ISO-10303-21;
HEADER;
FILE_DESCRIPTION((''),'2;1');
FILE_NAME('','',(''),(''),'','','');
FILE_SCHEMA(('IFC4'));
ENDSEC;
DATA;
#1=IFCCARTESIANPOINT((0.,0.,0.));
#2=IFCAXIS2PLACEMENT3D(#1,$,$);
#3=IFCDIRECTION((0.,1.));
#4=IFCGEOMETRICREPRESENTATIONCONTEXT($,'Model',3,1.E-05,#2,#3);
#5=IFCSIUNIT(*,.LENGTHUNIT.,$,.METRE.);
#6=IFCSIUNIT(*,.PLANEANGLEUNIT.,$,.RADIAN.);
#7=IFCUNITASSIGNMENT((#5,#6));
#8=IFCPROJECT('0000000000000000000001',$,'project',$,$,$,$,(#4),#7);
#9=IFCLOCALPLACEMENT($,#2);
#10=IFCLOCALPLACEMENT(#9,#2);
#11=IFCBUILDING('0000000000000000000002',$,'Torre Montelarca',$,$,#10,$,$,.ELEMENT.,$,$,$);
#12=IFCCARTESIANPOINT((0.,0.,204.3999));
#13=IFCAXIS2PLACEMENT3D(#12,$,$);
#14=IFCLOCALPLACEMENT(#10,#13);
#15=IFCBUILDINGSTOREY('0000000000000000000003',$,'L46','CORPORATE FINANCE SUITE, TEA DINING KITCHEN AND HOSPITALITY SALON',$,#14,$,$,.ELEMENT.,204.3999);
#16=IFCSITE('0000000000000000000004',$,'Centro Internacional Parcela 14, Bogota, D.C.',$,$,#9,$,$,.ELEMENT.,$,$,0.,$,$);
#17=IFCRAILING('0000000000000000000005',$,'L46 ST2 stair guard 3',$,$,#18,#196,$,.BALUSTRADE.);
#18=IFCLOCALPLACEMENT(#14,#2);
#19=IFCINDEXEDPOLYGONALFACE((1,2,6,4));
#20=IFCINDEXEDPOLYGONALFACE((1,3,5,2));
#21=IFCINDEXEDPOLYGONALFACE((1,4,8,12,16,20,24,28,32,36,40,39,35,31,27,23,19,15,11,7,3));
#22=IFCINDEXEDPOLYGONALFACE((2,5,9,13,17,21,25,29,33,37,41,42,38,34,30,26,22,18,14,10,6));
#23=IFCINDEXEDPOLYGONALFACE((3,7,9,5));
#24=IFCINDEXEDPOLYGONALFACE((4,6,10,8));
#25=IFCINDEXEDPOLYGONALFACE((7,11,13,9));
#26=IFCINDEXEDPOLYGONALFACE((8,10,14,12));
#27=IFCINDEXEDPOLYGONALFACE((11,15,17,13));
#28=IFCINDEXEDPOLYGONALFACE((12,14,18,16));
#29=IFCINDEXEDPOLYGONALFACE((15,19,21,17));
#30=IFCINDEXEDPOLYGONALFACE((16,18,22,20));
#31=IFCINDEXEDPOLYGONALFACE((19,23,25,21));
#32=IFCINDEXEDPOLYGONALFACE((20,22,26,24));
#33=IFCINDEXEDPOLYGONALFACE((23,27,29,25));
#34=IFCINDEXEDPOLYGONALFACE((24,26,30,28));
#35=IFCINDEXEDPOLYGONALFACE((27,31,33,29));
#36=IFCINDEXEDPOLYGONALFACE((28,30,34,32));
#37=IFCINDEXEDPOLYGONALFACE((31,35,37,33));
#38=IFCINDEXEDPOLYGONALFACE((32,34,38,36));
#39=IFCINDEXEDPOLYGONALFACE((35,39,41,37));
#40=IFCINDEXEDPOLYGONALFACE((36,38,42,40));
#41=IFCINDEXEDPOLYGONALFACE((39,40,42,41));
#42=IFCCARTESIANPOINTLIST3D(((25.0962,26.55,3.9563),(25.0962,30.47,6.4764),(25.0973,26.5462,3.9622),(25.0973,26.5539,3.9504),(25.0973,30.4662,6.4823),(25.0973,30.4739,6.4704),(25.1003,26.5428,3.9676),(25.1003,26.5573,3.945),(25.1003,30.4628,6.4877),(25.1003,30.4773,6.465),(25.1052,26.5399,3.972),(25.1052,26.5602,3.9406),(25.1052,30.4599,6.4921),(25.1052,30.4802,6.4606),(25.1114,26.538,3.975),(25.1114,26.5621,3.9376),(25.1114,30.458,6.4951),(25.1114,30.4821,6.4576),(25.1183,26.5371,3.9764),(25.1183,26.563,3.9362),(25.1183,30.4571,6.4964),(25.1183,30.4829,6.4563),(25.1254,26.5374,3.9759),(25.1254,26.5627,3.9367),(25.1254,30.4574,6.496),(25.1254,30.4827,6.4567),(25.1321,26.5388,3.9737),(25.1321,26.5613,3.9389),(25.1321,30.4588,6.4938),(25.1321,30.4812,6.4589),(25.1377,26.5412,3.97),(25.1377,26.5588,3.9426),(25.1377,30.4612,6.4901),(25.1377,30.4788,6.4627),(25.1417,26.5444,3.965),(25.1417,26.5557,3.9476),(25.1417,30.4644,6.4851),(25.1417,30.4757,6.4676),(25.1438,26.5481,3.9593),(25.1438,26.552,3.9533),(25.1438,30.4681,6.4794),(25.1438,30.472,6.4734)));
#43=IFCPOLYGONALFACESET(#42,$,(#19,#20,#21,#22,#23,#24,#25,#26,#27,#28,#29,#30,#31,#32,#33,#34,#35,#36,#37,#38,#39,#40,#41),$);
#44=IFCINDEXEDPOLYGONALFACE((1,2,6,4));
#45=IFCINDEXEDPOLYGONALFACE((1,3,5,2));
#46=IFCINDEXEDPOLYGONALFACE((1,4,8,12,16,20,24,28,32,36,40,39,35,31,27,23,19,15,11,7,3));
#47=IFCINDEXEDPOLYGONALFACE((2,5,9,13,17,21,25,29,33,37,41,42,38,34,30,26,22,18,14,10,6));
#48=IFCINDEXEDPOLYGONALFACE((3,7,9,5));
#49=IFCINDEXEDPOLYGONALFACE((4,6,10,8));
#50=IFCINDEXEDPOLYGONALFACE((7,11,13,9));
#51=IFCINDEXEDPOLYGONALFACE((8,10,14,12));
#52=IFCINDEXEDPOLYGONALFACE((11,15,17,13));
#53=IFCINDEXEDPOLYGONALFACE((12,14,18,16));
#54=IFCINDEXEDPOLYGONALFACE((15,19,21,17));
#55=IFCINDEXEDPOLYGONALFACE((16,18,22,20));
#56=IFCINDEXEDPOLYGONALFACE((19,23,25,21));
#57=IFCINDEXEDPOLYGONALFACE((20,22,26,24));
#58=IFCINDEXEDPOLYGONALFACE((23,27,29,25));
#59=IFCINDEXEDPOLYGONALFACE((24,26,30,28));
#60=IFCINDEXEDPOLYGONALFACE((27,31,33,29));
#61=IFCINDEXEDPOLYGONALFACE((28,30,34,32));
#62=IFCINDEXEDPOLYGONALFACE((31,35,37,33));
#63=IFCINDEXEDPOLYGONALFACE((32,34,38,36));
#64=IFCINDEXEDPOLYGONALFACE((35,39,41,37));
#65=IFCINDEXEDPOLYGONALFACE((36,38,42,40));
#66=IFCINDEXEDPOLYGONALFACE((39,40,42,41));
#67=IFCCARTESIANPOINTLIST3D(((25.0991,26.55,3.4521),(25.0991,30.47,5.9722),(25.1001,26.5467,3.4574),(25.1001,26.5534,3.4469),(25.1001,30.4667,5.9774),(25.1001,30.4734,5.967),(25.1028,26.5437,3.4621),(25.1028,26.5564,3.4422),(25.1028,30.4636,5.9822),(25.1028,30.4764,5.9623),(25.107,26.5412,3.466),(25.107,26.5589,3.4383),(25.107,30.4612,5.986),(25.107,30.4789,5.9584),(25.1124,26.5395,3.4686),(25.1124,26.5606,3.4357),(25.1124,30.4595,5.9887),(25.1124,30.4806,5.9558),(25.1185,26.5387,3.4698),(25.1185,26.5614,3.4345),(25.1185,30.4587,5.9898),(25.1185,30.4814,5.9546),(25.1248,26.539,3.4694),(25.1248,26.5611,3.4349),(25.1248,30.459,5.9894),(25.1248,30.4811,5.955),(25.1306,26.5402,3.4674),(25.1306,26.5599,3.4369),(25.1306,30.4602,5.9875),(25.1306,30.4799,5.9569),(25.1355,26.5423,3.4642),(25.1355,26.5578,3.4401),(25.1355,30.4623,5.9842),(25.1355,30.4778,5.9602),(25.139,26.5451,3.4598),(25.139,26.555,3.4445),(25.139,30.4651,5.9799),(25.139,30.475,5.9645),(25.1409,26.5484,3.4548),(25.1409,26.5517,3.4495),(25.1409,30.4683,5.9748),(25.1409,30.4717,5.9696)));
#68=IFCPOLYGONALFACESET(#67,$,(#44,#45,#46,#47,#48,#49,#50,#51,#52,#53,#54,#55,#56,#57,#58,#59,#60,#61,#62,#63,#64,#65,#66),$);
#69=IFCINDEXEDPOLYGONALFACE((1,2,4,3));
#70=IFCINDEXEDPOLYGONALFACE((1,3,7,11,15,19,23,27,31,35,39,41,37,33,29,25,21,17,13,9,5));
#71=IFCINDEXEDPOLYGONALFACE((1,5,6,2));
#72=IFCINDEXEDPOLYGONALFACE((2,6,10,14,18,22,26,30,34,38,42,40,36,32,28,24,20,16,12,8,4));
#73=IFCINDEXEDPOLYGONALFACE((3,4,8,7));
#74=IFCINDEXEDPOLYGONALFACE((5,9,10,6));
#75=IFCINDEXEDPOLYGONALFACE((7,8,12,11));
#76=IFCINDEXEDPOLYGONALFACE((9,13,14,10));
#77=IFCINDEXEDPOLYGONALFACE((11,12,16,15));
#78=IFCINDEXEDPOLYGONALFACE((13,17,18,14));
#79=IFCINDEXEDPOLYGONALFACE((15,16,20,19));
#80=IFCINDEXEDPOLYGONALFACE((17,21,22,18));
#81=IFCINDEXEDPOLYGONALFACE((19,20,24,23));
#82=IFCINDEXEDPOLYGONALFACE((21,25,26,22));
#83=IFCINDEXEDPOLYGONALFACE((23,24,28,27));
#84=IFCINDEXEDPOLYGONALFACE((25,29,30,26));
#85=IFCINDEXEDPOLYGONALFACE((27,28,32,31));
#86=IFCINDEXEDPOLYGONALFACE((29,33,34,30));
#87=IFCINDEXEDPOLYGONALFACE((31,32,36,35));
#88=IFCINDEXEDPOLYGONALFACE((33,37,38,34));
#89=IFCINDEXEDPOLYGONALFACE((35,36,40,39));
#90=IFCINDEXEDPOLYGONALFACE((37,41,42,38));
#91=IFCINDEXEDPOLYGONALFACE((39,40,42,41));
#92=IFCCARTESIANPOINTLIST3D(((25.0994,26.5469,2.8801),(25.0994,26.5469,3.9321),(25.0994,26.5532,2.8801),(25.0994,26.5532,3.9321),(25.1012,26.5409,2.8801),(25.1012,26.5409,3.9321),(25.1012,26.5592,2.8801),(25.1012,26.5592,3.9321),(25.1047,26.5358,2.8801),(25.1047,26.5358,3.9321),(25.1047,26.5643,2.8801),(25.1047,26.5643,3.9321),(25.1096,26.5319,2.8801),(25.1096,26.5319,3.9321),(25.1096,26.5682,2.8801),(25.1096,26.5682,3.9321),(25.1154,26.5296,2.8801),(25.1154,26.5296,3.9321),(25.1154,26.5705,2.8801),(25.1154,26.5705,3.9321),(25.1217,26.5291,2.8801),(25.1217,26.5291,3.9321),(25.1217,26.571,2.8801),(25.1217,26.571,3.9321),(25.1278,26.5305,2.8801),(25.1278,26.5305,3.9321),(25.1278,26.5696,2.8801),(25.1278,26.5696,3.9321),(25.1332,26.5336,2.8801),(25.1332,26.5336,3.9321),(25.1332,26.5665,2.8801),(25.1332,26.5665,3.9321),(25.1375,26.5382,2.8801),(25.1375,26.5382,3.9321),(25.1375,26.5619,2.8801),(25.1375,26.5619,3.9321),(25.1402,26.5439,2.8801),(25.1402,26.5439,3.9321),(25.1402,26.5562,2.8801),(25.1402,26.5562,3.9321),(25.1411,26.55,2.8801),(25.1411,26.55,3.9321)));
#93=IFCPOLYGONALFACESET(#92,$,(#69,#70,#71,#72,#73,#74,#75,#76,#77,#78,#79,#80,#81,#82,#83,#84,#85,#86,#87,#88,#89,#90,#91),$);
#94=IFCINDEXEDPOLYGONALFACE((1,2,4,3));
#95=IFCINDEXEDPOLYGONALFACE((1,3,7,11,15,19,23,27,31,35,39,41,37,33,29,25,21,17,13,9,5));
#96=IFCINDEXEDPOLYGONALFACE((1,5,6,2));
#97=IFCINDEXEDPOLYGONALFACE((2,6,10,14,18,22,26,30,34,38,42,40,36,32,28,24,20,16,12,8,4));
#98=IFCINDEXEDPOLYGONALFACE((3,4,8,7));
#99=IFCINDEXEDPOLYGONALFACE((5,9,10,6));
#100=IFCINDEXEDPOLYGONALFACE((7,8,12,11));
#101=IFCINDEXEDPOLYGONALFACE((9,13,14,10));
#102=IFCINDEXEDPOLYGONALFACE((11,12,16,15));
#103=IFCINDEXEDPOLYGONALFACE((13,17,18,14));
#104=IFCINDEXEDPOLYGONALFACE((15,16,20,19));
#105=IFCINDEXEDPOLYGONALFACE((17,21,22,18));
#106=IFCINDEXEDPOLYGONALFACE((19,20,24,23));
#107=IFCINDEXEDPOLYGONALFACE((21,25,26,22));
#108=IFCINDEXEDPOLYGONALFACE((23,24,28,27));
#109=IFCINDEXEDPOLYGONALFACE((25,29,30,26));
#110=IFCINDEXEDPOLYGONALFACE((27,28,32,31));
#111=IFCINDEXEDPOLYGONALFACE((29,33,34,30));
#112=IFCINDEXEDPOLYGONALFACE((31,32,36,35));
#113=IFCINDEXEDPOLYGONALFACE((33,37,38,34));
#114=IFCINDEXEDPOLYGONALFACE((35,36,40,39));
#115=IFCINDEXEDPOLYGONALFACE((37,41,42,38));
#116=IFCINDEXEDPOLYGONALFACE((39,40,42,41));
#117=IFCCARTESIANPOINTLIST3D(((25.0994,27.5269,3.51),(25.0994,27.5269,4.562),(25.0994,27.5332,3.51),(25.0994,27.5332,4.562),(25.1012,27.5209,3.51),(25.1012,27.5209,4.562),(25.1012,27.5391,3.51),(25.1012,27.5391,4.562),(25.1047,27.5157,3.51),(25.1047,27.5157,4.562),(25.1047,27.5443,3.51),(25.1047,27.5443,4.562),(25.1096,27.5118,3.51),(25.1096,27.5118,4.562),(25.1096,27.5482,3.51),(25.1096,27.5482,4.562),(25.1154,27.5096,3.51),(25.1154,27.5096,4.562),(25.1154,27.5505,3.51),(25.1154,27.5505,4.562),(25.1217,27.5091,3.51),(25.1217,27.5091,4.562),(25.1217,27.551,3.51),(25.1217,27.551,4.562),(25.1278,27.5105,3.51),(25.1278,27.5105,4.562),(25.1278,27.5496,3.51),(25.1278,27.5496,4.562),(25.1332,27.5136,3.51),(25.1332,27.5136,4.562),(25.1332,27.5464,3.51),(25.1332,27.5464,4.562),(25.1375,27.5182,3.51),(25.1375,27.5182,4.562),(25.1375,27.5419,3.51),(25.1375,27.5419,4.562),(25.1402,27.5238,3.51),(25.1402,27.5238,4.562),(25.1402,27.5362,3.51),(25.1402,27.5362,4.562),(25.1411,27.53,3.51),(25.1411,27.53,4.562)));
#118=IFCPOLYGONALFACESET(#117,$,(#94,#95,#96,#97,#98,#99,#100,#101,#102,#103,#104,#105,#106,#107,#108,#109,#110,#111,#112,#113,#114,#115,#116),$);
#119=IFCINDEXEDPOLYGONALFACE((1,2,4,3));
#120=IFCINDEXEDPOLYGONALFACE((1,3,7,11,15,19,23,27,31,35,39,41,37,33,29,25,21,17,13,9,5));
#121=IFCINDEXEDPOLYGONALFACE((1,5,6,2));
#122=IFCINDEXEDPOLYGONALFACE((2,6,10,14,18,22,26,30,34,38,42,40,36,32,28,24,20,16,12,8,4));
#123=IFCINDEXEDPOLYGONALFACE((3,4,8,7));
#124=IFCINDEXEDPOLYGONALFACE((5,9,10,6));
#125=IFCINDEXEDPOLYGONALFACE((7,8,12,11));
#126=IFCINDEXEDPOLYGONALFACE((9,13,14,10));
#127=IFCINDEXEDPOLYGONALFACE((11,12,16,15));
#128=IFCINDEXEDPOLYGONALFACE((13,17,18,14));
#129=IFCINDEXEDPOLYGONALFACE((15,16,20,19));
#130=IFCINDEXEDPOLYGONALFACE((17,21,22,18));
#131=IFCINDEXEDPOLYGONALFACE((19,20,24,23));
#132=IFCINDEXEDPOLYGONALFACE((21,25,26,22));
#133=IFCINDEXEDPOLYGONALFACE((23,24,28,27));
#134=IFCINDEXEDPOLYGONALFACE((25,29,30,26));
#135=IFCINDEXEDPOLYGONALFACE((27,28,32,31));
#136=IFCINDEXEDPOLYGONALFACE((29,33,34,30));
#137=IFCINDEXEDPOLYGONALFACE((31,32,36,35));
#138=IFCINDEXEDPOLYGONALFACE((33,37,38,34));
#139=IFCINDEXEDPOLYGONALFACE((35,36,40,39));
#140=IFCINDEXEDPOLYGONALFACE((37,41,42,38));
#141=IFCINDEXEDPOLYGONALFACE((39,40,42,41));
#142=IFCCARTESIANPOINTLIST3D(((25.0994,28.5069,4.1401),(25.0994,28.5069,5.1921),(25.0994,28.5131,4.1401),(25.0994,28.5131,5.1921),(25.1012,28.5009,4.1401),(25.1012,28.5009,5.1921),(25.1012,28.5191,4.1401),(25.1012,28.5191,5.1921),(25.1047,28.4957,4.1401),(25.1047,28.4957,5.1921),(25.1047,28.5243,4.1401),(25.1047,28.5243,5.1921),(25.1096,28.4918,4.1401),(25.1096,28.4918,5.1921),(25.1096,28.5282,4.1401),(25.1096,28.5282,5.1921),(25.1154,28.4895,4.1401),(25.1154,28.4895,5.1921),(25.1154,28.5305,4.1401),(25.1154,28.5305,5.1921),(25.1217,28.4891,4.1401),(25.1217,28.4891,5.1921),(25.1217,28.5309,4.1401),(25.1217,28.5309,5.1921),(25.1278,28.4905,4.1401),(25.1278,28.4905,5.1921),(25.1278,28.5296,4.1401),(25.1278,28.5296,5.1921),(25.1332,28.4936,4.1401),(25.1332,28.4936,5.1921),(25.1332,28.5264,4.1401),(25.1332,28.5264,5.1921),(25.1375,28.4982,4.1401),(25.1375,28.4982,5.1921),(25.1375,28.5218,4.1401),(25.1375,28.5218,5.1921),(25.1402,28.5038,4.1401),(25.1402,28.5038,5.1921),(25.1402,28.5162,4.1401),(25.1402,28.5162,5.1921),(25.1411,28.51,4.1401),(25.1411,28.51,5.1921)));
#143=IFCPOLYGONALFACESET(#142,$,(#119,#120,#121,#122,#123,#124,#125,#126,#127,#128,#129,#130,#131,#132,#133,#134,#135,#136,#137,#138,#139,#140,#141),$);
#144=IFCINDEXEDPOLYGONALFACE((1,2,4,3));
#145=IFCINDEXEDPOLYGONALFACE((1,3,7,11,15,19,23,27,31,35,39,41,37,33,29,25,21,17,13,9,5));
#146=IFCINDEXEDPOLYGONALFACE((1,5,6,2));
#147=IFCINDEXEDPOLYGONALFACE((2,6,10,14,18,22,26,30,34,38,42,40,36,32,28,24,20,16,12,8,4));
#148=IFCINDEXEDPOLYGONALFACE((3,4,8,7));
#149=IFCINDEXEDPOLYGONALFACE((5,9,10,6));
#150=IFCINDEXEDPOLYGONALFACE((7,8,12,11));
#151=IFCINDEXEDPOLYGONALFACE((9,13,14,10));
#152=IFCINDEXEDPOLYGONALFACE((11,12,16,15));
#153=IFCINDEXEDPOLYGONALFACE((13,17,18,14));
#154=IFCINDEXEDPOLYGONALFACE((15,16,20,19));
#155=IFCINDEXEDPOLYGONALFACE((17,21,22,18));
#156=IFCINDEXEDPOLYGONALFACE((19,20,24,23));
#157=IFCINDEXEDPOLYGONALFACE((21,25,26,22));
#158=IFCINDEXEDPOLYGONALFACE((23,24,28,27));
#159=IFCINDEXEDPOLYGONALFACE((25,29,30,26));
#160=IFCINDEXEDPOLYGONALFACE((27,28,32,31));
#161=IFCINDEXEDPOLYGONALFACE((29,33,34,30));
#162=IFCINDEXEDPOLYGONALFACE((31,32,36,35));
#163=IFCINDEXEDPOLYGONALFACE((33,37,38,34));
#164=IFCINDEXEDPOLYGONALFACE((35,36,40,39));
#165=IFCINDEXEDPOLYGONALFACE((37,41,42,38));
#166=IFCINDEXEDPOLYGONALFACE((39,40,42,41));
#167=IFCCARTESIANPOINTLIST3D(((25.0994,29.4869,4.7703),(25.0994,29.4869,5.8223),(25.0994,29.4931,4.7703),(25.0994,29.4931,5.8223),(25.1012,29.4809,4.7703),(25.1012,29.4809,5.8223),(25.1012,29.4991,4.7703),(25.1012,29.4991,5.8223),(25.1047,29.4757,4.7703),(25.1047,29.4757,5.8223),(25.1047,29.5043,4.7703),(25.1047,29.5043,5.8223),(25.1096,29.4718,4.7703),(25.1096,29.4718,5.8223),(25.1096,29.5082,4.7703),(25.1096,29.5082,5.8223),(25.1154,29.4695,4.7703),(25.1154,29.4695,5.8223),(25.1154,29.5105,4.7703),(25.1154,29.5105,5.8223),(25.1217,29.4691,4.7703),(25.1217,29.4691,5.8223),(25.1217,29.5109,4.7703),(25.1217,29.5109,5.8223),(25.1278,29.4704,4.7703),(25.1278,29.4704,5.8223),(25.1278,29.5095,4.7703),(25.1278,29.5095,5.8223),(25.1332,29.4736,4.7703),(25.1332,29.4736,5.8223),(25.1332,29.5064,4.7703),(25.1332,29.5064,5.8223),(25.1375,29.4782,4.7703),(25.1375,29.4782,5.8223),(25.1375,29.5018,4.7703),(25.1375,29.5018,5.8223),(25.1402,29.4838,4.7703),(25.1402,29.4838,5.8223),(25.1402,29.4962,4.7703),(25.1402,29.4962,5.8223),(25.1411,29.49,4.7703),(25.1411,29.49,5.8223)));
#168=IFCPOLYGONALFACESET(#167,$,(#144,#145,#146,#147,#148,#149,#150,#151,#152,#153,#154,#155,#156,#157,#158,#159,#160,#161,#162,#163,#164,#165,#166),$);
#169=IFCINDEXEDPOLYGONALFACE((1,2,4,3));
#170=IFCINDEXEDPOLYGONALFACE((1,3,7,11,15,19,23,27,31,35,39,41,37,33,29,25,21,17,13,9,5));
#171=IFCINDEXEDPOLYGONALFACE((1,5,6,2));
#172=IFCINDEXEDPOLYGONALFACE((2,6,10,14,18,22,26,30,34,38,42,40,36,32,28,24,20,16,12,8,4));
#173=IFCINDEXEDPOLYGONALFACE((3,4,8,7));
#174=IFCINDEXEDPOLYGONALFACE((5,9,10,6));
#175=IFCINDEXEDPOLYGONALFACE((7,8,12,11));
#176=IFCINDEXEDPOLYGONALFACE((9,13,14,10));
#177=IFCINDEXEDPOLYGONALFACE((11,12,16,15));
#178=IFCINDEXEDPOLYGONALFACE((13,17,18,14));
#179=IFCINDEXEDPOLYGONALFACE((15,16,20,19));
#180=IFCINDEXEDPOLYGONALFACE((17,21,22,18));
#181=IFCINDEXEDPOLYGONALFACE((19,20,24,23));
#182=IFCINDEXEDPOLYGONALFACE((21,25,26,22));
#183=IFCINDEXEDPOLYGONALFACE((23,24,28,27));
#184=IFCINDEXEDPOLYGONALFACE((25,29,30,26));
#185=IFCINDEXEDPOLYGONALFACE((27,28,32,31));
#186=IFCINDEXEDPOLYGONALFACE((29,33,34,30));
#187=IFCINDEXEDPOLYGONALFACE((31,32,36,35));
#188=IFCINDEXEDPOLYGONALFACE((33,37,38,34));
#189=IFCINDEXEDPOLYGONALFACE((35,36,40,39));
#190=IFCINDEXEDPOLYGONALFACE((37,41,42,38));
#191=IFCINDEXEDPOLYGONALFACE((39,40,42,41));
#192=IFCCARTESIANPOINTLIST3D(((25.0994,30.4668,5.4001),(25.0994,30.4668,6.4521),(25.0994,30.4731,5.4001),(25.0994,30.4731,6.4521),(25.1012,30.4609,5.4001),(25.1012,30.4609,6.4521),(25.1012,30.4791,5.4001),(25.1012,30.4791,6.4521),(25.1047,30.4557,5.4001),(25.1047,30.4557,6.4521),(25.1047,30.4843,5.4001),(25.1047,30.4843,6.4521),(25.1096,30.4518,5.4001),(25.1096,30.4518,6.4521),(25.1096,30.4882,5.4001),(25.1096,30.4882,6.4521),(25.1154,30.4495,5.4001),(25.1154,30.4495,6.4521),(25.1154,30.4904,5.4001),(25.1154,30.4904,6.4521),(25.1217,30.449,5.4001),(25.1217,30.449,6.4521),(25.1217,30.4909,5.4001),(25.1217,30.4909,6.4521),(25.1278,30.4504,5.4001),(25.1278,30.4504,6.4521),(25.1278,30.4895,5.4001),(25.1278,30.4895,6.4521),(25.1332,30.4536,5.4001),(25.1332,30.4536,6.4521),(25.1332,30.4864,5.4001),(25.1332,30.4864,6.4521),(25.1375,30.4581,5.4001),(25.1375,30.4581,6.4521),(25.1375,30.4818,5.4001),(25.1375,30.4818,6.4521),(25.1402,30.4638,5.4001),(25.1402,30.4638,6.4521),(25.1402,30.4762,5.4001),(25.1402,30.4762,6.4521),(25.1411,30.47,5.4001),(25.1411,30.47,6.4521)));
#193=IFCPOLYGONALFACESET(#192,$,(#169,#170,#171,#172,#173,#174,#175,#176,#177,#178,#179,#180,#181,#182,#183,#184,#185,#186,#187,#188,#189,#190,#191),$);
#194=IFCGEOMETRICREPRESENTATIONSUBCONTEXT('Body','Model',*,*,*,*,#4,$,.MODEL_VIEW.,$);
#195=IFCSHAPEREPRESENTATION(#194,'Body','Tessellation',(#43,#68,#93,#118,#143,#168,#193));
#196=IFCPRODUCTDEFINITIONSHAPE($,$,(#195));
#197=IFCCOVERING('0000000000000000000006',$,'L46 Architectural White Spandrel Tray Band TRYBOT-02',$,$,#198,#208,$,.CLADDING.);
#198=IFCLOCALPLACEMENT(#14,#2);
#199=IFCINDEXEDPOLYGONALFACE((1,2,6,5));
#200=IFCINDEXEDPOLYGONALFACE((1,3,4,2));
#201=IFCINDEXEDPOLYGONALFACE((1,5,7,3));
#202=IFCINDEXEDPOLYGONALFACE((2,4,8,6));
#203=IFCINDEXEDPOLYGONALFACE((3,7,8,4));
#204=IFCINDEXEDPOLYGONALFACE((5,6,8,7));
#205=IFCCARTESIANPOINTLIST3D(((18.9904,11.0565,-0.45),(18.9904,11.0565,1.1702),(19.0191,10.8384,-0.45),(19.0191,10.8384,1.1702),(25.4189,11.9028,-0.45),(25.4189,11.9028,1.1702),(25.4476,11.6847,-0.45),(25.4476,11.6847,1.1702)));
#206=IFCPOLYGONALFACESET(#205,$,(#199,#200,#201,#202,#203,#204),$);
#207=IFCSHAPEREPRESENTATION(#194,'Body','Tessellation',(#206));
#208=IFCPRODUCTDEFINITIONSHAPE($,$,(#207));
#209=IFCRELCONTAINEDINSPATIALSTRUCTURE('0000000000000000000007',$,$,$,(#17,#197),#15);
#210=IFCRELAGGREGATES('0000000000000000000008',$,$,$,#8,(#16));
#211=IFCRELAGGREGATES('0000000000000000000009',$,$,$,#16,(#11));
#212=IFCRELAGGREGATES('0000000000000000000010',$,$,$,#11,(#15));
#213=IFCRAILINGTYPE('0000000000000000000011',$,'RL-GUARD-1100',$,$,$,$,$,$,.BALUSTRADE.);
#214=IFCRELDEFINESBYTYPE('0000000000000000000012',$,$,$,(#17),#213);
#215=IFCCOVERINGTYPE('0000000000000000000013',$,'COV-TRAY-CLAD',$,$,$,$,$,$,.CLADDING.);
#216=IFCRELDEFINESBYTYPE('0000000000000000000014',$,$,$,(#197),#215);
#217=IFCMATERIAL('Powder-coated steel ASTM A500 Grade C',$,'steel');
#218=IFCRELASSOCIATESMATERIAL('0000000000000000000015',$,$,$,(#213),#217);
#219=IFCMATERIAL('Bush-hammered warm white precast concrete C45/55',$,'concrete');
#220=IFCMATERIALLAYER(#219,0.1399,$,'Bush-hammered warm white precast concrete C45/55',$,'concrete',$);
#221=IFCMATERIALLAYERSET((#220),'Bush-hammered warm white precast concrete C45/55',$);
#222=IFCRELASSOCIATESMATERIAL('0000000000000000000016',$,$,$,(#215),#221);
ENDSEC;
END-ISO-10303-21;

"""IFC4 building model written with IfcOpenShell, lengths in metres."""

from ifc_helpers import new_model, si_unit, direction, frame, origin, origin_2d, place, context, subcontext, project, spatial, rectangle, circle, extrude, source, transform, mapped, material, layer, layer_set, type_object, element, save


model = new_model("IFC4")

# Units and contexts
model_context = context("Model", 3, precision=1e-05, world=origin(), true_north=direction((0.0, 1.0)))
body_context = subcontext(model_context, "Body", "Model", "MODEL_VIEW")
ifc_project = project(units=[si_unit("LENGTHUNIT", "METRE"), si_unit("PLANEANGLEUNIT", "RADIAN")], contexts=[model_context])

# Site, building, storey
site_placement = place(None, origin())
site = spatial("IfcSite", under=ifc_project, at=site_placement, Name="Centro Internacional Parcela 14, Bogota, D.C.", CompositionType="ELEMENT", RefElevation=0.0)
building_placement = place(site_placement, origin())
building = spatial("IfcBuilding", under=site, at=building_placement, Name="Torre Montelarca", CompositionType="ELEMENT")
storey_placement = place(building_placement, frame((0.0, 0.0, 204.3999)))
storey = spatial("IfcBuildingStorey", under=building, at=storey_placement, Name="L46", Description="CORPORATE FINANCE SUITE, TEA DINING KITCHEN AND HOSPITALITY SALON", CompositionType="ELEMENT", Elevation=204.3999)

# Railing
ifc_material_1 = material(Name="Powder-coated steel ASTM A500 Grade C", Category="steel")
railing_type = type_object("IfcRailingType", Name="RL-GUARD-1100", PredefinedType="BALUSTRADE", material=ifc_material_1)
railing_1_placement = place(storey_placement, frame((25.1201, 26.55, 2.8801)))
element("IfcRailing", 1, at=railing_1_placement, inside=storey, type_object=railing_type, Name="L46 ST2 stair guard 3", PredefinedType="BALUSTRADE", context=body_context, shape_type="SweptSolid", body=[
    extrude(circle(Radius=0.0239, at=origin_2d()), frame((0.0, 0.0, 1.0762), z_axis=(0.0, 0.841172, 0.540768), x_axis=(-1.0, 0.0, 0.0)), (0.0, 0.0, 1.0), 4.6602),
    extrude(circle(Radius=0.021, at=origin_2d()), frame((0.0, 0.0, 0.572), z_axis=(0.0, 0.841172, 0.540768), x_axis=(-1.0, 0.0, 0.0)), (0.0, 0.0, 1.0), 4.6602),
    extrude(circle(Radius=0.021, at=origin_2d()), origin(), (0.0, 0.0, 1.0), 1.052),
    extrude(circle(Radius=0.021, at=origin_2d()), frame((0.0, 0.98, 0.6299)), (0.0, 0.0, 1.0), 1.052),
    extrude(circle(Radius=0.021, at=origin_2d()), frame((0.0, 1.96, 1.26)), (0.0, 0.0, 1.0), 1.052),
    extrude(circle(Radius=0.021, at=origin_2d()), frame((0.0, 2.9399, 1.8901)), (0.0, 0.0, 1.0), 1.052),
    extrude(circle(Radius=0.021, at=origin_2d()), frame((0.0, 3.9199, 2.52)), (0.0, 0.0, 1.0), 1.052),
])

# Covering
ifc_material_2 = material(Name="Bush-hammered warm white precast concrete C45/55", Category="concrete")
ifc_layer_1 = layer(ifc_material_2, 0.1399, Name="Bush-hammered warm white precast concrete C45/55", Category="concrete")
ifc_layer_set_1 = layer_set([ifc_layer_1], Name="Bush-hammered warm white precast concrete C45/55")
covering_type = type_object("IfcCoveringType", Name="COV-TRAY-CLAD", PredefinedType="CLADDING", material=ifc_layer_set_1)
shared_shape_1 = source(origin(), body_context, "Body", "SweptSolid", [
    extrude(rectangle(XDim=6.4839, YDim=0.22, at=origin_2d()), origin(), (0.0, 0.0, 1.0), 1.6201),
])
for number, where, z_axis, x_axis, name in (
    (2, (22.219, 11.3706, -0.45), (0.0, 0.0, 1.0), (0.991446, 0.130518, 0.0), "L46 Architectural White Spandrel Tray Band TRYBOT-02"),
):
    element("IfcCovering", number, at=place(storey_placement, frame(where, z_axis=z_axis, x_axis=x_axis)), inside=storey, type_object=covering_type, Name=name, PredefinedType="CLADDING", context=body_context, shape_type="MappedRepresentation", body=[
        mapped(shared_shape_1, transform((0.0, 0.0, 0.0), scale=1.0)),
    ])

save(model, "model.ifc")
